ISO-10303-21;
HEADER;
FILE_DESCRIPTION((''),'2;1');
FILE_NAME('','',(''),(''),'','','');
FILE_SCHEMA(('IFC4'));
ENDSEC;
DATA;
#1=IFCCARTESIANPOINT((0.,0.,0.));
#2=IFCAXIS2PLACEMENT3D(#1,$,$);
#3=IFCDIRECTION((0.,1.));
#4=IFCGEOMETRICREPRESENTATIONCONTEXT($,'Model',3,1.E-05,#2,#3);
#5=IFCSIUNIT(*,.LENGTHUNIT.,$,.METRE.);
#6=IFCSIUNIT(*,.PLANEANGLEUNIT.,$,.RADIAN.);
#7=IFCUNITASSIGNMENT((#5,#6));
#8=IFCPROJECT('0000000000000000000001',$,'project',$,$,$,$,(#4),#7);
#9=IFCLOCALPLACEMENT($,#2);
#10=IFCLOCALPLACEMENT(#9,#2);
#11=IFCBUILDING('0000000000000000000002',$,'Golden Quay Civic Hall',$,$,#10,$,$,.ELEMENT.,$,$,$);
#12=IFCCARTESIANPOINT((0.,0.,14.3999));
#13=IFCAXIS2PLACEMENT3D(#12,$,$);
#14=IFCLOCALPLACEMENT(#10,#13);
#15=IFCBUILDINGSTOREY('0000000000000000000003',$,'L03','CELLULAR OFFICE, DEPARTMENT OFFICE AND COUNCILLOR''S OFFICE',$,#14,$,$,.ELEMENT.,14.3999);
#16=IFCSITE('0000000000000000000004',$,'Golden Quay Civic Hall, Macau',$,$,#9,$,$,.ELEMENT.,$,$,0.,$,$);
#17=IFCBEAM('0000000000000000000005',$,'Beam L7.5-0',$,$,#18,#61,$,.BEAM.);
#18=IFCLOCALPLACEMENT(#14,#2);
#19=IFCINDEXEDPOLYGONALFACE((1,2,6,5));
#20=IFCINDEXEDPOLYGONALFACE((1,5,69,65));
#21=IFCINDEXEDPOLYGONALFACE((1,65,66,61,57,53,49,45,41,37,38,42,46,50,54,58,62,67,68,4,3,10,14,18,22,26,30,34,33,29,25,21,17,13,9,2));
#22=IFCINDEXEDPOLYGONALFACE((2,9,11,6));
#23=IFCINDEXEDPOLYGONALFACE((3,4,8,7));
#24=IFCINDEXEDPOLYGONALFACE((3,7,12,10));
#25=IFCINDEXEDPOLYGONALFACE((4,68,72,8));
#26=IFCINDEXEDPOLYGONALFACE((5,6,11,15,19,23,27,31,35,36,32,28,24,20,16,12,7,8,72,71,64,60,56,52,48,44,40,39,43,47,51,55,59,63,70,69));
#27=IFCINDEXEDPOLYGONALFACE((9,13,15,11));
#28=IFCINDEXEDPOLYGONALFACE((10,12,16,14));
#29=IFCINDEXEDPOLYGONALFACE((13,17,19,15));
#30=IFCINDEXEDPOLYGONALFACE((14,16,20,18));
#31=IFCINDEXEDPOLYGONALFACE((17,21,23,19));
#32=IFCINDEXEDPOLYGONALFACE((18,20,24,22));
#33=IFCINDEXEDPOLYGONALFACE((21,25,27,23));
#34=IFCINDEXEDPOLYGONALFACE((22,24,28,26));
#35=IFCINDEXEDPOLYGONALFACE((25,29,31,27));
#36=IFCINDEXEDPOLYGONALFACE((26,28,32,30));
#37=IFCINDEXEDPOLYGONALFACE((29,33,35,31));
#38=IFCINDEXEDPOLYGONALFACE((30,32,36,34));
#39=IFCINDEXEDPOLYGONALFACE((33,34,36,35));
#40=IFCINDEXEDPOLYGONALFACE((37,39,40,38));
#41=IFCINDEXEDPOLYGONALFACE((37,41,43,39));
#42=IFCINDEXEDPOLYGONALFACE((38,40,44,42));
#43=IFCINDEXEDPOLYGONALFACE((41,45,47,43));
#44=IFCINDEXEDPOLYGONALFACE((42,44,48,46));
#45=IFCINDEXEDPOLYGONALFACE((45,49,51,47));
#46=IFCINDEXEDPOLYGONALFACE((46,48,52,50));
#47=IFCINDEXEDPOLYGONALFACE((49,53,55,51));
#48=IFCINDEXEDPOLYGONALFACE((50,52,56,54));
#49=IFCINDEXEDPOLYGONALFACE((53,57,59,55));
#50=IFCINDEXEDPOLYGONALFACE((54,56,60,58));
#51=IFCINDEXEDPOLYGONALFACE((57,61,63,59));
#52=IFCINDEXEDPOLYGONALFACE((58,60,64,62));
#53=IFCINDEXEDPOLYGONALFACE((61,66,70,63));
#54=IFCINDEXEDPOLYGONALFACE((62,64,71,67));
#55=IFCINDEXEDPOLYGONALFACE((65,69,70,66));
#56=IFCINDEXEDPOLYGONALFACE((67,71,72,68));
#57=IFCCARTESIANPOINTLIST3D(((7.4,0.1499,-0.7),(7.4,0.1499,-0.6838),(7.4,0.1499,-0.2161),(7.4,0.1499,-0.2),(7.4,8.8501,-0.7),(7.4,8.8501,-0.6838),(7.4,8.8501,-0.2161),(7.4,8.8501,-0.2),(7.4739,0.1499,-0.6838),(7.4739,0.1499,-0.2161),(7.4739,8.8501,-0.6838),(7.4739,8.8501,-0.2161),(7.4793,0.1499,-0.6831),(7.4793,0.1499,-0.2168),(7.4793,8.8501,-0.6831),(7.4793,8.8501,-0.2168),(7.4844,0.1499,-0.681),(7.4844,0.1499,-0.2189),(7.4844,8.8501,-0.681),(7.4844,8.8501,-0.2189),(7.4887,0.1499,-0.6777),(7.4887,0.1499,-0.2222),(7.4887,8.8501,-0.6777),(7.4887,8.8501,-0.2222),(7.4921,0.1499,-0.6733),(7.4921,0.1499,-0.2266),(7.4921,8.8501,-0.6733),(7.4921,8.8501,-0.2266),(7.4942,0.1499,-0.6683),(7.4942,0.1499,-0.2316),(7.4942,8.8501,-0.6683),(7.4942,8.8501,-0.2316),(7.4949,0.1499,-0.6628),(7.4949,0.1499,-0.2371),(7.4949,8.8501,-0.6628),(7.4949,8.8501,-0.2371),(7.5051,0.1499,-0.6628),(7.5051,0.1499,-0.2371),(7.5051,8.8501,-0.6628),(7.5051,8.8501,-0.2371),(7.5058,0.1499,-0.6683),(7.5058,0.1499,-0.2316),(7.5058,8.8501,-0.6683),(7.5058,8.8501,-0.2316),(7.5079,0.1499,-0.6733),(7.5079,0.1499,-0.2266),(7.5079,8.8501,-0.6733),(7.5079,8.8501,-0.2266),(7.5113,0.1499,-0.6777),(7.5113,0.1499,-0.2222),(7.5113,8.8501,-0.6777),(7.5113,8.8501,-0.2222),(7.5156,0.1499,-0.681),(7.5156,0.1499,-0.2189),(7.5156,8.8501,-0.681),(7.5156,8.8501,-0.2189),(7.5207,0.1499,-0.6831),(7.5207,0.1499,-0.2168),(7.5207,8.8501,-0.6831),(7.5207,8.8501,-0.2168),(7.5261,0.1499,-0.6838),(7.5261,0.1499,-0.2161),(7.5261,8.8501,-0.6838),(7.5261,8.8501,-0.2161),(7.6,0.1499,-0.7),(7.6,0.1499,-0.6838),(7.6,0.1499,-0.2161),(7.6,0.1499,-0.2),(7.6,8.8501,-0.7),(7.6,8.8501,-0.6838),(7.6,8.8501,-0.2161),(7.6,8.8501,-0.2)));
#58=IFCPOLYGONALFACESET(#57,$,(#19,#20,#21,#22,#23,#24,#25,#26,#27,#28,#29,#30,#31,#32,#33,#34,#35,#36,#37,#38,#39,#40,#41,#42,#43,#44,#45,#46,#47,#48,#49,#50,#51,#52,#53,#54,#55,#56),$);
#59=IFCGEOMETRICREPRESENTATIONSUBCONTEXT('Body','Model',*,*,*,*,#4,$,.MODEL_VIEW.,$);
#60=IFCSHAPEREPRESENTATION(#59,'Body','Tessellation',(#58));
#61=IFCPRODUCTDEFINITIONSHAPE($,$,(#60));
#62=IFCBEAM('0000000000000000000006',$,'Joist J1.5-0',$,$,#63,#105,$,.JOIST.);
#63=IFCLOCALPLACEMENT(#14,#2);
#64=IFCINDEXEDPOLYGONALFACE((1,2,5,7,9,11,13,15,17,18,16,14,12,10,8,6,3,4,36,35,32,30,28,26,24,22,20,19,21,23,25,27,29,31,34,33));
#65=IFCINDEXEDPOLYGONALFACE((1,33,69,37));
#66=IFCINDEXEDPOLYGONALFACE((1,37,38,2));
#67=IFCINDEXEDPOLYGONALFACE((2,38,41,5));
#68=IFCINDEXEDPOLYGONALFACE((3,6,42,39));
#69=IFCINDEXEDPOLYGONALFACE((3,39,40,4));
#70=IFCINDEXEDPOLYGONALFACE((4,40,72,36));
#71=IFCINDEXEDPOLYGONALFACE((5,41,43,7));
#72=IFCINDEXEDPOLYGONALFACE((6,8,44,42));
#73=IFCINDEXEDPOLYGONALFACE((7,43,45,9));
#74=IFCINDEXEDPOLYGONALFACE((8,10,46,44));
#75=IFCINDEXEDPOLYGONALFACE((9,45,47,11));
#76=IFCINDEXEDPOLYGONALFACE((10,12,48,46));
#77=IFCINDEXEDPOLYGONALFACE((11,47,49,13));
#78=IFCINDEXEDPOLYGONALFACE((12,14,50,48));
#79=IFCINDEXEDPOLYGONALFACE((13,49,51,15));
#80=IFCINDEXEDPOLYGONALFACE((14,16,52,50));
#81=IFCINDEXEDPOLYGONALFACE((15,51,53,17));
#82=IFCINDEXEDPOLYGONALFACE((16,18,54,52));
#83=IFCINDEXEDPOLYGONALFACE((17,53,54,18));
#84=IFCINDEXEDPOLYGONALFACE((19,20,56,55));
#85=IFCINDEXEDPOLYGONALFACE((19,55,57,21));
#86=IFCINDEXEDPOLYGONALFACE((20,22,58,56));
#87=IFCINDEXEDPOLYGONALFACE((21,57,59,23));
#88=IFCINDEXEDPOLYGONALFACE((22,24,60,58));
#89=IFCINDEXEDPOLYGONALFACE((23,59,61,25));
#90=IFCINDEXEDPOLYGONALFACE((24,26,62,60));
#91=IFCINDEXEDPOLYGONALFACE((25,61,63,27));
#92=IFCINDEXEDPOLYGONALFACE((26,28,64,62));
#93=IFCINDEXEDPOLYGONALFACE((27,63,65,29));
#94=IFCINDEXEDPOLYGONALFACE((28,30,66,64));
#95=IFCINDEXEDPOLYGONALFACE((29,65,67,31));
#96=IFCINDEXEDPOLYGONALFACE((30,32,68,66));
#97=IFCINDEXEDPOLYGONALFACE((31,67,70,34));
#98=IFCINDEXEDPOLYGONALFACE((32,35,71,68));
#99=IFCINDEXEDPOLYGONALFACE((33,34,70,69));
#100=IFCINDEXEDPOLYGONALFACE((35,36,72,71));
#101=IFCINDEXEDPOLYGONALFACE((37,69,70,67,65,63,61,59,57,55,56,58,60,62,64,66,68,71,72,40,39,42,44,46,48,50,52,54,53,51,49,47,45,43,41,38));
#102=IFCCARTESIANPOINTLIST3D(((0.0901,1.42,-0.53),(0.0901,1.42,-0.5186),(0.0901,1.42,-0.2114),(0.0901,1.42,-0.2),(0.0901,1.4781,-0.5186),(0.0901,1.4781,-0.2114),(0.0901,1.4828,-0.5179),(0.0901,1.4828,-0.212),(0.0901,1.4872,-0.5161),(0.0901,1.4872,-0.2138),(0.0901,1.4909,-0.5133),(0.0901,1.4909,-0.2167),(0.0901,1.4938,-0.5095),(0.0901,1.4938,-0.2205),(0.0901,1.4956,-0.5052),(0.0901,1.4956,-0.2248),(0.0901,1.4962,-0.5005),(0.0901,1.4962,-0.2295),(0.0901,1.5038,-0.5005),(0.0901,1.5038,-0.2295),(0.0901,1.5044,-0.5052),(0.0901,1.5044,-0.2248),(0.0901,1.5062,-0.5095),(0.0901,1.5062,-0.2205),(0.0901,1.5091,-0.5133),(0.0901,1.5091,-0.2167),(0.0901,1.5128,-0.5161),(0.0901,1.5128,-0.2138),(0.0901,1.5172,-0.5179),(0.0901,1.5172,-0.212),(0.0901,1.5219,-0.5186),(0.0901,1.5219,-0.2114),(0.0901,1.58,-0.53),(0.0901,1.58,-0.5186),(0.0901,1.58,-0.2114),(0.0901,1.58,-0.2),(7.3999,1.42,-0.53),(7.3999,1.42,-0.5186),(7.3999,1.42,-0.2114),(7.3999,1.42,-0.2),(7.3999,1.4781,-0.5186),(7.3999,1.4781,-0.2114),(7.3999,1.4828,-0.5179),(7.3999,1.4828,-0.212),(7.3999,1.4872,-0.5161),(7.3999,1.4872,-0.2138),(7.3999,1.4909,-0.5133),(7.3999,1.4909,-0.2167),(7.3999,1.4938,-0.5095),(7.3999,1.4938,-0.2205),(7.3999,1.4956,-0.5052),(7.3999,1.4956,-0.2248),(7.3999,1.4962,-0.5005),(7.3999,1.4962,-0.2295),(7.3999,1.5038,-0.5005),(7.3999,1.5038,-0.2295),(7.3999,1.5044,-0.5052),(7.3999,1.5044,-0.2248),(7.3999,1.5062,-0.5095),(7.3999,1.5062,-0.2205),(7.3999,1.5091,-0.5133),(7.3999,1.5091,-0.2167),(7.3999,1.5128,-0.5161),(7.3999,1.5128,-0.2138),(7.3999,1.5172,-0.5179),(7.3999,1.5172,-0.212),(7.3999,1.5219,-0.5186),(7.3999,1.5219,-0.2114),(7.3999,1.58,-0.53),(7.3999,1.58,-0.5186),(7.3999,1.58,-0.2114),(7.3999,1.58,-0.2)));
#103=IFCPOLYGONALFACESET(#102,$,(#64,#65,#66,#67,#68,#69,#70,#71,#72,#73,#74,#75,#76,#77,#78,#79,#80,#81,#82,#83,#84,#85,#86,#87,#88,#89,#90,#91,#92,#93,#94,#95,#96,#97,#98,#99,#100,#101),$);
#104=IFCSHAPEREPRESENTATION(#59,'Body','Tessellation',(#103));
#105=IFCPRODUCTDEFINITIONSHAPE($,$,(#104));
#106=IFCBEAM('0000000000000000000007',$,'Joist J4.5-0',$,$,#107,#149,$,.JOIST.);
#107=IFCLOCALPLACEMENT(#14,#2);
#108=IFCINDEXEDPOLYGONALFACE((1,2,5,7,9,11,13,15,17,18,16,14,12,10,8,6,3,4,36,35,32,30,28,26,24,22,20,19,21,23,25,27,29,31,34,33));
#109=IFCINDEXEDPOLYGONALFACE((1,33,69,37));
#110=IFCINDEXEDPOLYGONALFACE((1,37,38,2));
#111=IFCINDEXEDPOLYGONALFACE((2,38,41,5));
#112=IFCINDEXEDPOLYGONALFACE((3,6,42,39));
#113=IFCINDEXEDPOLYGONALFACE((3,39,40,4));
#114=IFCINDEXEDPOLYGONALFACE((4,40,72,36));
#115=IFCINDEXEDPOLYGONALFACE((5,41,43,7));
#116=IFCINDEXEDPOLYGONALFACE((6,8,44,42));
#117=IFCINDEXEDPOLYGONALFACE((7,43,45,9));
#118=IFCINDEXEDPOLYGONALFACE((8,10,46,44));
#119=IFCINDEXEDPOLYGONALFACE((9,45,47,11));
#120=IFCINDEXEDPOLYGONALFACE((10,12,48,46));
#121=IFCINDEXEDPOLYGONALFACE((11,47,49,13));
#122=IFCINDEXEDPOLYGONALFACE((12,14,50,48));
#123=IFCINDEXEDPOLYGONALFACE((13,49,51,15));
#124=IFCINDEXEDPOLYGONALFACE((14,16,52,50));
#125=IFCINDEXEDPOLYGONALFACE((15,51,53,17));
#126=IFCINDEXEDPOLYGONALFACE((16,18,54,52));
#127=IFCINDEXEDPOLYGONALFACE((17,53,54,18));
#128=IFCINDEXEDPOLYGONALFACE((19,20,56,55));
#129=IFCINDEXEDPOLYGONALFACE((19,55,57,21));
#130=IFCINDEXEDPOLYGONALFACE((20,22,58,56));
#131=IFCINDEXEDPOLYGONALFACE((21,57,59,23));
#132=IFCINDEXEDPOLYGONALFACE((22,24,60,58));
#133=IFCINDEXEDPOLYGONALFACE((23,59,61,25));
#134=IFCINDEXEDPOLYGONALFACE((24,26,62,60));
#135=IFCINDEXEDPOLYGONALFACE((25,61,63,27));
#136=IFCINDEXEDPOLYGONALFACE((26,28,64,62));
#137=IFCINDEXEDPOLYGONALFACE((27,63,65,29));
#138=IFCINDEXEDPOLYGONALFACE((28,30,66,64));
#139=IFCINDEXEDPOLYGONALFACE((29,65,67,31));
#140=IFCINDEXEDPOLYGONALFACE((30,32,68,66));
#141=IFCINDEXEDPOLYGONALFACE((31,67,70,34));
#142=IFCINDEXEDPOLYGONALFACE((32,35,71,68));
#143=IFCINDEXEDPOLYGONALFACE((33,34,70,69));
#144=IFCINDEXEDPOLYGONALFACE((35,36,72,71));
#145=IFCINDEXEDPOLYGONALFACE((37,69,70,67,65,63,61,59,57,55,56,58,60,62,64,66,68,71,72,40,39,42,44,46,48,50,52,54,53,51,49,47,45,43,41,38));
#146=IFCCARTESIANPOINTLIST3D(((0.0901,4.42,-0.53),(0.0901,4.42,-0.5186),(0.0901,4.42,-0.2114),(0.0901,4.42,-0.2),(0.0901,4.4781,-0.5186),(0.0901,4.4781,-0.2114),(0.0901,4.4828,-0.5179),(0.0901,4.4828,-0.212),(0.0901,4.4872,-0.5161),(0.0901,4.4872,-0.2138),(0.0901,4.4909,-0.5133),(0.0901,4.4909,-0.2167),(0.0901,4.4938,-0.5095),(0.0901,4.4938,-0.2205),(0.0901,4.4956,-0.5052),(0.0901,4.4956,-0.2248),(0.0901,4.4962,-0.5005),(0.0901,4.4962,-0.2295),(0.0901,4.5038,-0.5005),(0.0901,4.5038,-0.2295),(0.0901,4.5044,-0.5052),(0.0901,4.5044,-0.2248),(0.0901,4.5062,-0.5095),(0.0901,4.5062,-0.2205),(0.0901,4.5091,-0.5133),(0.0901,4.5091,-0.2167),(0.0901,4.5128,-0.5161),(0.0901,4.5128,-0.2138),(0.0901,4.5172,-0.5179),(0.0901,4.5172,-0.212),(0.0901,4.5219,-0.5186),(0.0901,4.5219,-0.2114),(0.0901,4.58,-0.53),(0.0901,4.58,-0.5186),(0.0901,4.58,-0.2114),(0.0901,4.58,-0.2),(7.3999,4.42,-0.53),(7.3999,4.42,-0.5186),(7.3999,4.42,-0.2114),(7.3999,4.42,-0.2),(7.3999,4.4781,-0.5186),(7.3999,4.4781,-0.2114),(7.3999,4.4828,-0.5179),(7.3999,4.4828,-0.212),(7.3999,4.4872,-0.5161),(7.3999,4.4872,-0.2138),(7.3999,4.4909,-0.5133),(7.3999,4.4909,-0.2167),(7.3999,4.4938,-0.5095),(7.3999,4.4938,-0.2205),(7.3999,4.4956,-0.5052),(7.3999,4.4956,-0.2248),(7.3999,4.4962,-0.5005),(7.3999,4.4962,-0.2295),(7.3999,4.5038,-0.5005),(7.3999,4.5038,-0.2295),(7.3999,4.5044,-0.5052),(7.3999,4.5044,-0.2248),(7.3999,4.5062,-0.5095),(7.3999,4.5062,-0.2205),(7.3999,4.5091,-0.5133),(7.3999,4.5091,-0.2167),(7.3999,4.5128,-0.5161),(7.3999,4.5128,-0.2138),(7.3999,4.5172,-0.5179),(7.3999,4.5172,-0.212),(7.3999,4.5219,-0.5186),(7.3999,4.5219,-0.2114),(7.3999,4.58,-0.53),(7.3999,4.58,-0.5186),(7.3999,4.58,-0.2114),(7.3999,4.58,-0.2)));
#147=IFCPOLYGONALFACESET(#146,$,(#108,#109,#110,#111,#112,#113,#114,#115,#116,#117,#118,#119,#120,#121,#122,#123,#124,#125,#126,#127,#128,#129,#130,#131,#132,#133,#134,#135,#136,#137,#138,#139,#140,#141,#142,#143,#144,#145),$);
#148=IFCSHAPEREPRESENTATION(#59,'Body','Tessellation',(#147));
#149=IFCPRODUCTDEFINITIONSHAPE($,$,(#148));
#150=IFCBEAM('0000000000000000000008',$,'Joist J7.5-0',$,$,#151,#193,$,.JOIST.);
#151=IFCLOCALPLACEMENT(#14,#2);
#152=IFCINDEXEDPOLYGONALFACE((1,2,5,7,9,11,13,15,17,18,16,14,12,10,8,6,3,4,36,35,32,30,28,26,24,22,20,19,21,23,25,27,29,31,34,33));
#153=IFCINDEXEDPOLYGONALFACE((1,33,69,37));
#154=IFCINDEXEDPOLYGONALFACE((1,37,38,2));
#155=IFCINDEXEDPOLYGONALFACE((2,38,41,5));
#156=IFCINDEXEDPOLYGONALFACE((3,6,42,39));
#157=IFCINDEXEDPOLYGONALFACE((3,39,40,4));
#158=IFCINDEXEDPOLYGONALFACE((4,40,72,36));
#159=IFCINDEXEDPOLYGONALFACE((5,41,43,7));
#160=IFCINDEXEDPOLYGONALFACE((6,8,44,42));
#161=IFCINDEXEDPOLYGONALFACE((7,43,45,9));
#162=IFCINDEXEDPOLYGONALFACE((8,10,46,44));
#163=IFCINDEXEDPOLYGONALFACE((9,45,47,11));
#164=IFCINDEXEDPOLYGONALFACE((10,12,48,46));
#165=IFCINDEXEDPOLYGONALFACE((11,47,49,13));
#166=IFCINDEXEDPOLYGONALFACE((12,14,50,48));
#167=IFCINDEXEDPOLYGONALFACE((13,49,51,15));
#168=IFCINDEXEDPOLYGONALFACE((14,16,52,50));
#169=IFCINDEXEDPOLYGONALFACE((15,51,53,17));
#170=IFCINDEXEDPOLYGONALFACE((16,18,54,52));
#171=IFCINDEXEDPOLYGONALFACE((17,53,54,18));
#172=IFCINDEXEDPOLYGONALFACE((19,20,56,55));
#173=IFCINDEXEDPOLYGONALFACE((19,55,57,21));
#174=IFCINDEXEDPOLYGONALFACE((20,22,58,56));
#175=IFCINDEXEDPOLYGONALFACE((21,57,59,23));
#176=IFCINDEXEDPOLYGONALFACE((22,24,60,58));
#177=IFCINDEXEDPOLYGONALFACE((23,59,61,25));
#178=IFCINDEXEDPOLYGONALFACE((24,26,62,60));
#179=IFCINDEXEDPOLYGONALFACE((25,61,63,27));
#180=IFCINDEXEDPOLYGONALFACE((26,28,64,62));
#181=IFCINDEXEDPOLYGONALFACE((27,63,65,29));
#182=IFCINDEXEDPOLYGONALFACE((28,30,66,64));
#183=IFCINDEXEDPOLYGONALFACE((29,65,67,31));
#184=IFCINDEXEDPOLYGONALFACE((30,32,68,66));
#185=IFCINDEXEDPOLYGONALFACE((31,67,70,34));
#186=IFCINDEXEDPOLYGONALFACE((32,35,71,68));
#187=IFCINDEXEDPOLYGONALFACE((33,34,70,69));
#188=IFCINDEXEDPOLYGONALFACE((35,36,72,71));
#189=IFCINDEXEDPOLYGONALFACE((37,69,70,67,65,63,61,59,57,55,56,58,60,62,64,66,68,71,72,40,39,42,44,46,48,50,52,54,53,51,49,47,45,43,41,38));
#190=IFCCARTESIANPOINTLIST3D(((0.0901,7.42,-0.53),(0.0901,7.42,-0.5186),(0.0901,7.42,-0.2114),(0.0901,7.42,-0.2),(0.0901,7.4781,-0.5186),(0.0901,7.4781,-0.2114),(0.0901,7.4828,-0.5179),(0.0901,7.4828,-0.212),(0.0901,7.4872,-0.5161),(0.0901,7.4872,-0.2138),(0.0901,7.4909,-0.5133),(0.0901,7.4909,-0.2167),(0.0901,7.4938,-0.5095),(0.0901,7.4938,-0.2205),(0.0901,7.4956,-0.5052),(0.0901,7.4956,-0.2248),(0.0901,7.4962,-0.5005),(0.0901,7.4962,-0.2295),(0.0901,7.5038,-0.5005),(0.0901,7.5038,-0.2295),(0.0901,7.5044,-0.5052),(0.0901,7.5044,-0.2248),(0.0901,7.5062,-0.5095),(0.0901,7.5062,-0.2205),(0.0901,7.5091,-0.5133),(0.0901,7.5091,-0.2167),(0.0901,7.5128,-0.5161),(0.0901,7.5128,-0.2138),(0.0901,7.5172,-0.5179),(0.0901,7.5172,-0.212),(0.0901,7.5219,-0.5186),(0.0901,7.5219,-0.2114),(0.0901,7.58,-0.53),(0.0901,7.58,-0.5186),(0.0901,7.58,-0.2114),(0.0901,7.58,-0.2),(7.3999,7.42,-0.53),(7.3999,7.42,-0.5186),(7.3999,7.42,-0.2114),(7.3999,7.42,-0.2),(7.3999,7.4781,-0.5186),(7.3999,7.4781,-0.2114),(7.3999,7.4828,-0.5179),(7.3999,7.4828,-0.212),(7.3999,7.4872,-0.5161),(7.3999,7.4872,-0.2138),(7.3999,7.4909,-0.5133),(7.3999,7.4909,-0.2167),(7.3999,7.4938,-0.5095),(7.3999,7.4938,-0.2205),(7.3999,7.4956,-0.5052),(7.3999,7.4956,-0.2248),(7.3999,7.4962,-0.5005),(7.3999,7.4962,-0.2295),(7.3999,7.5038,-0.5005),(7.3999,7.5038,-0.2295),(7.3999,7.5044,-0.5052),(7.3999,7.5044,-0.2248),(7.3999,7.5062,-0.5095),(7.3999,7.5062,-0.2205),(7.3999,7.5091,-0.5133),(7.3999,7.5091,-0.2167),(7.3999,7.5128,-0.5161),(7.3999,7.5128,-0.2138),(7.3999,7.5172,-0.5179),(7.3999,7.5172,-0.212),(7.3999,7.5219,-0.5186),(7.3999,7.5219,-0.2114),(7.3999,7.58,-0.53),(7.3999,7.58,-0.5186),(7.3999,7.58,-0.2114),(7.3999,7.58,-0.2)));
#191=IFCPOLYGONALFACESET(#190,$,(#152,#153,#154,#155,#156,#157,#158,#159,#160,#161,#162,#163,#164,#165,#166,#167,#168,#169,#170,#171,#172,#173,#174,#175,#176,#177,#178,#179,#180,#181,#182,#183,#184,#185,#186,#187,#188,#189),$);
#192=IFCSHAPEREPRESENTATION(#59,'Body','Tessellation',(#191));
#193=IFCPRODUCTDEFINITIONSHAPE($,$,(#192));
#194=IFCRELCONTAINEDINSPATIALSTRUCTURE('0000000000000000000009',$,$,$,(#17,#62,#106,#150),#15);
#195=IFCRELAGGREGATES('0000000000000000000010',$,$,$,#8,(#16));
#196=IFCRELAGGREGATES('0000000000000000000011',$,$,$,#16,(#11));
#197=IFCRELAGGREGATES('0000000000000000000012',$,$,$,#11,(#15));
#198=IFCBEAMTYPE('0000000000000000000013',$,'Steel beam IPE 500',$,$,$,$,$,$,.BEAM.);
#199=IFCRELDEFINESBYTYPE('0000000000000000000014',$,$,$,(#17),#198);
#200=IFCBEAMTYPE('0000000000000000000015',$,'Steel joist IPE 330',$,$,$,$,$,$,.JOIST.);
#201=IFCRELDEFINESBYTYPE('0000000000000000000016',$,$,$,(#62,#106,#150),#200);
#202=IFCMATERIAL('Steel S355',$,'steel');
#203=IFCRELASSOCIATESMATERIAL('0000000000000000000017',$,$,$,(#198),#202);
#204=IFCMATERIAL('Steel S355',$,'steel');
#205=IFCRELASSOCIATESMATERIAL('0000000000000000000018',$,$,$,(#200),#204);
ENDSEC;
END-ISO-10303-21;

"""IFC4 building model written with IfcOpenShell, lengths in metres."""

from ifc_helpers import new_model, si_unit, direction, frame, origin, origin_2d, place, context, subcontext, project, spatial, i_section, extrude, material, material_profile, profile_set, type_object, element, save


model = new_model("IFC4")

# Units and contexts
model_context = context("Model", 3, precision=1e-05, world=origin(), true_north=direction((0.0, 1.0)))
body_context = subcontext(model_context, "Body", "Model", "MODEL_VIEW")
ifc_project = project(units=[si_unit("LENGTHUNIT", "METRE"), si_unit("PLANEANGLEUNIT", "RADIAN")], contexts=[model_context])

# Site, building, storey
site_placement = place(None, origin())
site = spatial("IfcSite", under=ifc_project, at=site_placement, Name="Golden Quay Civic Hall, Macau", CompositionType="ELEMENT", RefElevation=0.0)
building_placement = place(site_placement, origin())
building = spatial("IfcBuilding", under=site, at=building_placement, Name="Golden Quay Civic Hall", CompositionType="ELEMENT")
storey_placement = place(building_placement, frame((0.0, 0.0, 14.3999)))
storey = spatial("IfcBuildingStorey", under=building, at=storey_placement, Name="L03", Description="CELLULAR OFFICE, DEPARTMENT OFFICE AND COUNCILLOR'S OFFICE", CompositionType="ELEMENT", Elevation=14.3999)

# Beams
ifc_material_1 = material(Name="Steel S355", Category="steel")
ifc_material_profile_1 = material_profile(ifc_material_1, i_section(OverallWidth=0.2, OverallDepth=0.5, WebThickness=0.0103, FlangeThickness=0.0161, FilletRadius=0.021, at=origin_2d()), Name="IPE 500")
ifc_profile_set_1 = profile_set([ifc_material_profile_1], Name="Steel S355")
beam_type_1 = type_object("IfcBeamType", Name="Steel beam IPE 500", PredefinedType="BEAM", material=ifc_profile_set_1)
beam_1_placement = place(storey_placement, frame((7.5, 0.1499, -0.45), z_axis=(0.0, 1.0, 0.0), x_axis=(-1.0, 0.0, 0.0)))
element("IfcBeam", 1, at=beam_1_placement, inside=storey, type_object=beam_type_1, Name="Beam L7.5-0", PredefinedType="BEAM", context=body_context, shape_type="SweptSolid", body=[
    extrude(i_section(OverallWidth=0.2, OverallDepth=0.5, WebThickness=0.0103, FlangeThickness=0.0161, FilletRadius=0.021, at=origin_2d()), origin(), (0.0, 0.0, 1.0), 8.7002),
])
ifc_material_2 = material(Name="Steel S355", Category="steel")
ifc_material_profile_2 = material_profile(ifc_material_2, i_section(OverallWidth=0.1599, OverallDepth=0.3301, WebThickness=0.0076, FlangeThickness=0.0115, FilletRadius=0.0181, at=origin_2d()), Name="IPE 330")
ifc_profile_set_2 = profile_set([ifc_material_profile_2], Name="Steel S355")
beam_type_2 = type_object("IfcBeamType", Name="Steel joist IPE 330", PredefinedType="JOIST", material=ifc_profile_set_2)
for number, where, z_axis, x_axis, name in (
    (2, (0.0901, 1.5, -0.365), (1.0, 0.0, 0.0), (0.0, 1.0, 0.0), "Joist J1.5-0"),
    (3, (0.0901, 4.5, -0.365), (1.0, 0.0, 0.0), (0.0, 1.0, 0.0), "Joist J4.5-0"),
    (4, (0.0901, 7.5, -0.365), (1.0, 0.0, 0.0), (0.0, 1.0, 0.0), "Joist J7.5-0"),
):
    element("IfcBeam", number, at=place(storey_placement, frame(where, z_axis=z_axis, x_axis=x_axis)), inside=storey, type_object=beam_type_2, Name=name, PredefinedType="JOIST", context=body_context, shape_type="SweptSolid", body=[
        extrude(i_section(OverallWidth=0.1599, OverallDepth=0.3301, WebThickness=0.0076, FlangeThickness=0.0115, FilletRadius=0.0181, at=origin_2d()), origin(), (0.0, 0.0, 1.0), 7.3098),
    ])

save(model, "model.ifc")
